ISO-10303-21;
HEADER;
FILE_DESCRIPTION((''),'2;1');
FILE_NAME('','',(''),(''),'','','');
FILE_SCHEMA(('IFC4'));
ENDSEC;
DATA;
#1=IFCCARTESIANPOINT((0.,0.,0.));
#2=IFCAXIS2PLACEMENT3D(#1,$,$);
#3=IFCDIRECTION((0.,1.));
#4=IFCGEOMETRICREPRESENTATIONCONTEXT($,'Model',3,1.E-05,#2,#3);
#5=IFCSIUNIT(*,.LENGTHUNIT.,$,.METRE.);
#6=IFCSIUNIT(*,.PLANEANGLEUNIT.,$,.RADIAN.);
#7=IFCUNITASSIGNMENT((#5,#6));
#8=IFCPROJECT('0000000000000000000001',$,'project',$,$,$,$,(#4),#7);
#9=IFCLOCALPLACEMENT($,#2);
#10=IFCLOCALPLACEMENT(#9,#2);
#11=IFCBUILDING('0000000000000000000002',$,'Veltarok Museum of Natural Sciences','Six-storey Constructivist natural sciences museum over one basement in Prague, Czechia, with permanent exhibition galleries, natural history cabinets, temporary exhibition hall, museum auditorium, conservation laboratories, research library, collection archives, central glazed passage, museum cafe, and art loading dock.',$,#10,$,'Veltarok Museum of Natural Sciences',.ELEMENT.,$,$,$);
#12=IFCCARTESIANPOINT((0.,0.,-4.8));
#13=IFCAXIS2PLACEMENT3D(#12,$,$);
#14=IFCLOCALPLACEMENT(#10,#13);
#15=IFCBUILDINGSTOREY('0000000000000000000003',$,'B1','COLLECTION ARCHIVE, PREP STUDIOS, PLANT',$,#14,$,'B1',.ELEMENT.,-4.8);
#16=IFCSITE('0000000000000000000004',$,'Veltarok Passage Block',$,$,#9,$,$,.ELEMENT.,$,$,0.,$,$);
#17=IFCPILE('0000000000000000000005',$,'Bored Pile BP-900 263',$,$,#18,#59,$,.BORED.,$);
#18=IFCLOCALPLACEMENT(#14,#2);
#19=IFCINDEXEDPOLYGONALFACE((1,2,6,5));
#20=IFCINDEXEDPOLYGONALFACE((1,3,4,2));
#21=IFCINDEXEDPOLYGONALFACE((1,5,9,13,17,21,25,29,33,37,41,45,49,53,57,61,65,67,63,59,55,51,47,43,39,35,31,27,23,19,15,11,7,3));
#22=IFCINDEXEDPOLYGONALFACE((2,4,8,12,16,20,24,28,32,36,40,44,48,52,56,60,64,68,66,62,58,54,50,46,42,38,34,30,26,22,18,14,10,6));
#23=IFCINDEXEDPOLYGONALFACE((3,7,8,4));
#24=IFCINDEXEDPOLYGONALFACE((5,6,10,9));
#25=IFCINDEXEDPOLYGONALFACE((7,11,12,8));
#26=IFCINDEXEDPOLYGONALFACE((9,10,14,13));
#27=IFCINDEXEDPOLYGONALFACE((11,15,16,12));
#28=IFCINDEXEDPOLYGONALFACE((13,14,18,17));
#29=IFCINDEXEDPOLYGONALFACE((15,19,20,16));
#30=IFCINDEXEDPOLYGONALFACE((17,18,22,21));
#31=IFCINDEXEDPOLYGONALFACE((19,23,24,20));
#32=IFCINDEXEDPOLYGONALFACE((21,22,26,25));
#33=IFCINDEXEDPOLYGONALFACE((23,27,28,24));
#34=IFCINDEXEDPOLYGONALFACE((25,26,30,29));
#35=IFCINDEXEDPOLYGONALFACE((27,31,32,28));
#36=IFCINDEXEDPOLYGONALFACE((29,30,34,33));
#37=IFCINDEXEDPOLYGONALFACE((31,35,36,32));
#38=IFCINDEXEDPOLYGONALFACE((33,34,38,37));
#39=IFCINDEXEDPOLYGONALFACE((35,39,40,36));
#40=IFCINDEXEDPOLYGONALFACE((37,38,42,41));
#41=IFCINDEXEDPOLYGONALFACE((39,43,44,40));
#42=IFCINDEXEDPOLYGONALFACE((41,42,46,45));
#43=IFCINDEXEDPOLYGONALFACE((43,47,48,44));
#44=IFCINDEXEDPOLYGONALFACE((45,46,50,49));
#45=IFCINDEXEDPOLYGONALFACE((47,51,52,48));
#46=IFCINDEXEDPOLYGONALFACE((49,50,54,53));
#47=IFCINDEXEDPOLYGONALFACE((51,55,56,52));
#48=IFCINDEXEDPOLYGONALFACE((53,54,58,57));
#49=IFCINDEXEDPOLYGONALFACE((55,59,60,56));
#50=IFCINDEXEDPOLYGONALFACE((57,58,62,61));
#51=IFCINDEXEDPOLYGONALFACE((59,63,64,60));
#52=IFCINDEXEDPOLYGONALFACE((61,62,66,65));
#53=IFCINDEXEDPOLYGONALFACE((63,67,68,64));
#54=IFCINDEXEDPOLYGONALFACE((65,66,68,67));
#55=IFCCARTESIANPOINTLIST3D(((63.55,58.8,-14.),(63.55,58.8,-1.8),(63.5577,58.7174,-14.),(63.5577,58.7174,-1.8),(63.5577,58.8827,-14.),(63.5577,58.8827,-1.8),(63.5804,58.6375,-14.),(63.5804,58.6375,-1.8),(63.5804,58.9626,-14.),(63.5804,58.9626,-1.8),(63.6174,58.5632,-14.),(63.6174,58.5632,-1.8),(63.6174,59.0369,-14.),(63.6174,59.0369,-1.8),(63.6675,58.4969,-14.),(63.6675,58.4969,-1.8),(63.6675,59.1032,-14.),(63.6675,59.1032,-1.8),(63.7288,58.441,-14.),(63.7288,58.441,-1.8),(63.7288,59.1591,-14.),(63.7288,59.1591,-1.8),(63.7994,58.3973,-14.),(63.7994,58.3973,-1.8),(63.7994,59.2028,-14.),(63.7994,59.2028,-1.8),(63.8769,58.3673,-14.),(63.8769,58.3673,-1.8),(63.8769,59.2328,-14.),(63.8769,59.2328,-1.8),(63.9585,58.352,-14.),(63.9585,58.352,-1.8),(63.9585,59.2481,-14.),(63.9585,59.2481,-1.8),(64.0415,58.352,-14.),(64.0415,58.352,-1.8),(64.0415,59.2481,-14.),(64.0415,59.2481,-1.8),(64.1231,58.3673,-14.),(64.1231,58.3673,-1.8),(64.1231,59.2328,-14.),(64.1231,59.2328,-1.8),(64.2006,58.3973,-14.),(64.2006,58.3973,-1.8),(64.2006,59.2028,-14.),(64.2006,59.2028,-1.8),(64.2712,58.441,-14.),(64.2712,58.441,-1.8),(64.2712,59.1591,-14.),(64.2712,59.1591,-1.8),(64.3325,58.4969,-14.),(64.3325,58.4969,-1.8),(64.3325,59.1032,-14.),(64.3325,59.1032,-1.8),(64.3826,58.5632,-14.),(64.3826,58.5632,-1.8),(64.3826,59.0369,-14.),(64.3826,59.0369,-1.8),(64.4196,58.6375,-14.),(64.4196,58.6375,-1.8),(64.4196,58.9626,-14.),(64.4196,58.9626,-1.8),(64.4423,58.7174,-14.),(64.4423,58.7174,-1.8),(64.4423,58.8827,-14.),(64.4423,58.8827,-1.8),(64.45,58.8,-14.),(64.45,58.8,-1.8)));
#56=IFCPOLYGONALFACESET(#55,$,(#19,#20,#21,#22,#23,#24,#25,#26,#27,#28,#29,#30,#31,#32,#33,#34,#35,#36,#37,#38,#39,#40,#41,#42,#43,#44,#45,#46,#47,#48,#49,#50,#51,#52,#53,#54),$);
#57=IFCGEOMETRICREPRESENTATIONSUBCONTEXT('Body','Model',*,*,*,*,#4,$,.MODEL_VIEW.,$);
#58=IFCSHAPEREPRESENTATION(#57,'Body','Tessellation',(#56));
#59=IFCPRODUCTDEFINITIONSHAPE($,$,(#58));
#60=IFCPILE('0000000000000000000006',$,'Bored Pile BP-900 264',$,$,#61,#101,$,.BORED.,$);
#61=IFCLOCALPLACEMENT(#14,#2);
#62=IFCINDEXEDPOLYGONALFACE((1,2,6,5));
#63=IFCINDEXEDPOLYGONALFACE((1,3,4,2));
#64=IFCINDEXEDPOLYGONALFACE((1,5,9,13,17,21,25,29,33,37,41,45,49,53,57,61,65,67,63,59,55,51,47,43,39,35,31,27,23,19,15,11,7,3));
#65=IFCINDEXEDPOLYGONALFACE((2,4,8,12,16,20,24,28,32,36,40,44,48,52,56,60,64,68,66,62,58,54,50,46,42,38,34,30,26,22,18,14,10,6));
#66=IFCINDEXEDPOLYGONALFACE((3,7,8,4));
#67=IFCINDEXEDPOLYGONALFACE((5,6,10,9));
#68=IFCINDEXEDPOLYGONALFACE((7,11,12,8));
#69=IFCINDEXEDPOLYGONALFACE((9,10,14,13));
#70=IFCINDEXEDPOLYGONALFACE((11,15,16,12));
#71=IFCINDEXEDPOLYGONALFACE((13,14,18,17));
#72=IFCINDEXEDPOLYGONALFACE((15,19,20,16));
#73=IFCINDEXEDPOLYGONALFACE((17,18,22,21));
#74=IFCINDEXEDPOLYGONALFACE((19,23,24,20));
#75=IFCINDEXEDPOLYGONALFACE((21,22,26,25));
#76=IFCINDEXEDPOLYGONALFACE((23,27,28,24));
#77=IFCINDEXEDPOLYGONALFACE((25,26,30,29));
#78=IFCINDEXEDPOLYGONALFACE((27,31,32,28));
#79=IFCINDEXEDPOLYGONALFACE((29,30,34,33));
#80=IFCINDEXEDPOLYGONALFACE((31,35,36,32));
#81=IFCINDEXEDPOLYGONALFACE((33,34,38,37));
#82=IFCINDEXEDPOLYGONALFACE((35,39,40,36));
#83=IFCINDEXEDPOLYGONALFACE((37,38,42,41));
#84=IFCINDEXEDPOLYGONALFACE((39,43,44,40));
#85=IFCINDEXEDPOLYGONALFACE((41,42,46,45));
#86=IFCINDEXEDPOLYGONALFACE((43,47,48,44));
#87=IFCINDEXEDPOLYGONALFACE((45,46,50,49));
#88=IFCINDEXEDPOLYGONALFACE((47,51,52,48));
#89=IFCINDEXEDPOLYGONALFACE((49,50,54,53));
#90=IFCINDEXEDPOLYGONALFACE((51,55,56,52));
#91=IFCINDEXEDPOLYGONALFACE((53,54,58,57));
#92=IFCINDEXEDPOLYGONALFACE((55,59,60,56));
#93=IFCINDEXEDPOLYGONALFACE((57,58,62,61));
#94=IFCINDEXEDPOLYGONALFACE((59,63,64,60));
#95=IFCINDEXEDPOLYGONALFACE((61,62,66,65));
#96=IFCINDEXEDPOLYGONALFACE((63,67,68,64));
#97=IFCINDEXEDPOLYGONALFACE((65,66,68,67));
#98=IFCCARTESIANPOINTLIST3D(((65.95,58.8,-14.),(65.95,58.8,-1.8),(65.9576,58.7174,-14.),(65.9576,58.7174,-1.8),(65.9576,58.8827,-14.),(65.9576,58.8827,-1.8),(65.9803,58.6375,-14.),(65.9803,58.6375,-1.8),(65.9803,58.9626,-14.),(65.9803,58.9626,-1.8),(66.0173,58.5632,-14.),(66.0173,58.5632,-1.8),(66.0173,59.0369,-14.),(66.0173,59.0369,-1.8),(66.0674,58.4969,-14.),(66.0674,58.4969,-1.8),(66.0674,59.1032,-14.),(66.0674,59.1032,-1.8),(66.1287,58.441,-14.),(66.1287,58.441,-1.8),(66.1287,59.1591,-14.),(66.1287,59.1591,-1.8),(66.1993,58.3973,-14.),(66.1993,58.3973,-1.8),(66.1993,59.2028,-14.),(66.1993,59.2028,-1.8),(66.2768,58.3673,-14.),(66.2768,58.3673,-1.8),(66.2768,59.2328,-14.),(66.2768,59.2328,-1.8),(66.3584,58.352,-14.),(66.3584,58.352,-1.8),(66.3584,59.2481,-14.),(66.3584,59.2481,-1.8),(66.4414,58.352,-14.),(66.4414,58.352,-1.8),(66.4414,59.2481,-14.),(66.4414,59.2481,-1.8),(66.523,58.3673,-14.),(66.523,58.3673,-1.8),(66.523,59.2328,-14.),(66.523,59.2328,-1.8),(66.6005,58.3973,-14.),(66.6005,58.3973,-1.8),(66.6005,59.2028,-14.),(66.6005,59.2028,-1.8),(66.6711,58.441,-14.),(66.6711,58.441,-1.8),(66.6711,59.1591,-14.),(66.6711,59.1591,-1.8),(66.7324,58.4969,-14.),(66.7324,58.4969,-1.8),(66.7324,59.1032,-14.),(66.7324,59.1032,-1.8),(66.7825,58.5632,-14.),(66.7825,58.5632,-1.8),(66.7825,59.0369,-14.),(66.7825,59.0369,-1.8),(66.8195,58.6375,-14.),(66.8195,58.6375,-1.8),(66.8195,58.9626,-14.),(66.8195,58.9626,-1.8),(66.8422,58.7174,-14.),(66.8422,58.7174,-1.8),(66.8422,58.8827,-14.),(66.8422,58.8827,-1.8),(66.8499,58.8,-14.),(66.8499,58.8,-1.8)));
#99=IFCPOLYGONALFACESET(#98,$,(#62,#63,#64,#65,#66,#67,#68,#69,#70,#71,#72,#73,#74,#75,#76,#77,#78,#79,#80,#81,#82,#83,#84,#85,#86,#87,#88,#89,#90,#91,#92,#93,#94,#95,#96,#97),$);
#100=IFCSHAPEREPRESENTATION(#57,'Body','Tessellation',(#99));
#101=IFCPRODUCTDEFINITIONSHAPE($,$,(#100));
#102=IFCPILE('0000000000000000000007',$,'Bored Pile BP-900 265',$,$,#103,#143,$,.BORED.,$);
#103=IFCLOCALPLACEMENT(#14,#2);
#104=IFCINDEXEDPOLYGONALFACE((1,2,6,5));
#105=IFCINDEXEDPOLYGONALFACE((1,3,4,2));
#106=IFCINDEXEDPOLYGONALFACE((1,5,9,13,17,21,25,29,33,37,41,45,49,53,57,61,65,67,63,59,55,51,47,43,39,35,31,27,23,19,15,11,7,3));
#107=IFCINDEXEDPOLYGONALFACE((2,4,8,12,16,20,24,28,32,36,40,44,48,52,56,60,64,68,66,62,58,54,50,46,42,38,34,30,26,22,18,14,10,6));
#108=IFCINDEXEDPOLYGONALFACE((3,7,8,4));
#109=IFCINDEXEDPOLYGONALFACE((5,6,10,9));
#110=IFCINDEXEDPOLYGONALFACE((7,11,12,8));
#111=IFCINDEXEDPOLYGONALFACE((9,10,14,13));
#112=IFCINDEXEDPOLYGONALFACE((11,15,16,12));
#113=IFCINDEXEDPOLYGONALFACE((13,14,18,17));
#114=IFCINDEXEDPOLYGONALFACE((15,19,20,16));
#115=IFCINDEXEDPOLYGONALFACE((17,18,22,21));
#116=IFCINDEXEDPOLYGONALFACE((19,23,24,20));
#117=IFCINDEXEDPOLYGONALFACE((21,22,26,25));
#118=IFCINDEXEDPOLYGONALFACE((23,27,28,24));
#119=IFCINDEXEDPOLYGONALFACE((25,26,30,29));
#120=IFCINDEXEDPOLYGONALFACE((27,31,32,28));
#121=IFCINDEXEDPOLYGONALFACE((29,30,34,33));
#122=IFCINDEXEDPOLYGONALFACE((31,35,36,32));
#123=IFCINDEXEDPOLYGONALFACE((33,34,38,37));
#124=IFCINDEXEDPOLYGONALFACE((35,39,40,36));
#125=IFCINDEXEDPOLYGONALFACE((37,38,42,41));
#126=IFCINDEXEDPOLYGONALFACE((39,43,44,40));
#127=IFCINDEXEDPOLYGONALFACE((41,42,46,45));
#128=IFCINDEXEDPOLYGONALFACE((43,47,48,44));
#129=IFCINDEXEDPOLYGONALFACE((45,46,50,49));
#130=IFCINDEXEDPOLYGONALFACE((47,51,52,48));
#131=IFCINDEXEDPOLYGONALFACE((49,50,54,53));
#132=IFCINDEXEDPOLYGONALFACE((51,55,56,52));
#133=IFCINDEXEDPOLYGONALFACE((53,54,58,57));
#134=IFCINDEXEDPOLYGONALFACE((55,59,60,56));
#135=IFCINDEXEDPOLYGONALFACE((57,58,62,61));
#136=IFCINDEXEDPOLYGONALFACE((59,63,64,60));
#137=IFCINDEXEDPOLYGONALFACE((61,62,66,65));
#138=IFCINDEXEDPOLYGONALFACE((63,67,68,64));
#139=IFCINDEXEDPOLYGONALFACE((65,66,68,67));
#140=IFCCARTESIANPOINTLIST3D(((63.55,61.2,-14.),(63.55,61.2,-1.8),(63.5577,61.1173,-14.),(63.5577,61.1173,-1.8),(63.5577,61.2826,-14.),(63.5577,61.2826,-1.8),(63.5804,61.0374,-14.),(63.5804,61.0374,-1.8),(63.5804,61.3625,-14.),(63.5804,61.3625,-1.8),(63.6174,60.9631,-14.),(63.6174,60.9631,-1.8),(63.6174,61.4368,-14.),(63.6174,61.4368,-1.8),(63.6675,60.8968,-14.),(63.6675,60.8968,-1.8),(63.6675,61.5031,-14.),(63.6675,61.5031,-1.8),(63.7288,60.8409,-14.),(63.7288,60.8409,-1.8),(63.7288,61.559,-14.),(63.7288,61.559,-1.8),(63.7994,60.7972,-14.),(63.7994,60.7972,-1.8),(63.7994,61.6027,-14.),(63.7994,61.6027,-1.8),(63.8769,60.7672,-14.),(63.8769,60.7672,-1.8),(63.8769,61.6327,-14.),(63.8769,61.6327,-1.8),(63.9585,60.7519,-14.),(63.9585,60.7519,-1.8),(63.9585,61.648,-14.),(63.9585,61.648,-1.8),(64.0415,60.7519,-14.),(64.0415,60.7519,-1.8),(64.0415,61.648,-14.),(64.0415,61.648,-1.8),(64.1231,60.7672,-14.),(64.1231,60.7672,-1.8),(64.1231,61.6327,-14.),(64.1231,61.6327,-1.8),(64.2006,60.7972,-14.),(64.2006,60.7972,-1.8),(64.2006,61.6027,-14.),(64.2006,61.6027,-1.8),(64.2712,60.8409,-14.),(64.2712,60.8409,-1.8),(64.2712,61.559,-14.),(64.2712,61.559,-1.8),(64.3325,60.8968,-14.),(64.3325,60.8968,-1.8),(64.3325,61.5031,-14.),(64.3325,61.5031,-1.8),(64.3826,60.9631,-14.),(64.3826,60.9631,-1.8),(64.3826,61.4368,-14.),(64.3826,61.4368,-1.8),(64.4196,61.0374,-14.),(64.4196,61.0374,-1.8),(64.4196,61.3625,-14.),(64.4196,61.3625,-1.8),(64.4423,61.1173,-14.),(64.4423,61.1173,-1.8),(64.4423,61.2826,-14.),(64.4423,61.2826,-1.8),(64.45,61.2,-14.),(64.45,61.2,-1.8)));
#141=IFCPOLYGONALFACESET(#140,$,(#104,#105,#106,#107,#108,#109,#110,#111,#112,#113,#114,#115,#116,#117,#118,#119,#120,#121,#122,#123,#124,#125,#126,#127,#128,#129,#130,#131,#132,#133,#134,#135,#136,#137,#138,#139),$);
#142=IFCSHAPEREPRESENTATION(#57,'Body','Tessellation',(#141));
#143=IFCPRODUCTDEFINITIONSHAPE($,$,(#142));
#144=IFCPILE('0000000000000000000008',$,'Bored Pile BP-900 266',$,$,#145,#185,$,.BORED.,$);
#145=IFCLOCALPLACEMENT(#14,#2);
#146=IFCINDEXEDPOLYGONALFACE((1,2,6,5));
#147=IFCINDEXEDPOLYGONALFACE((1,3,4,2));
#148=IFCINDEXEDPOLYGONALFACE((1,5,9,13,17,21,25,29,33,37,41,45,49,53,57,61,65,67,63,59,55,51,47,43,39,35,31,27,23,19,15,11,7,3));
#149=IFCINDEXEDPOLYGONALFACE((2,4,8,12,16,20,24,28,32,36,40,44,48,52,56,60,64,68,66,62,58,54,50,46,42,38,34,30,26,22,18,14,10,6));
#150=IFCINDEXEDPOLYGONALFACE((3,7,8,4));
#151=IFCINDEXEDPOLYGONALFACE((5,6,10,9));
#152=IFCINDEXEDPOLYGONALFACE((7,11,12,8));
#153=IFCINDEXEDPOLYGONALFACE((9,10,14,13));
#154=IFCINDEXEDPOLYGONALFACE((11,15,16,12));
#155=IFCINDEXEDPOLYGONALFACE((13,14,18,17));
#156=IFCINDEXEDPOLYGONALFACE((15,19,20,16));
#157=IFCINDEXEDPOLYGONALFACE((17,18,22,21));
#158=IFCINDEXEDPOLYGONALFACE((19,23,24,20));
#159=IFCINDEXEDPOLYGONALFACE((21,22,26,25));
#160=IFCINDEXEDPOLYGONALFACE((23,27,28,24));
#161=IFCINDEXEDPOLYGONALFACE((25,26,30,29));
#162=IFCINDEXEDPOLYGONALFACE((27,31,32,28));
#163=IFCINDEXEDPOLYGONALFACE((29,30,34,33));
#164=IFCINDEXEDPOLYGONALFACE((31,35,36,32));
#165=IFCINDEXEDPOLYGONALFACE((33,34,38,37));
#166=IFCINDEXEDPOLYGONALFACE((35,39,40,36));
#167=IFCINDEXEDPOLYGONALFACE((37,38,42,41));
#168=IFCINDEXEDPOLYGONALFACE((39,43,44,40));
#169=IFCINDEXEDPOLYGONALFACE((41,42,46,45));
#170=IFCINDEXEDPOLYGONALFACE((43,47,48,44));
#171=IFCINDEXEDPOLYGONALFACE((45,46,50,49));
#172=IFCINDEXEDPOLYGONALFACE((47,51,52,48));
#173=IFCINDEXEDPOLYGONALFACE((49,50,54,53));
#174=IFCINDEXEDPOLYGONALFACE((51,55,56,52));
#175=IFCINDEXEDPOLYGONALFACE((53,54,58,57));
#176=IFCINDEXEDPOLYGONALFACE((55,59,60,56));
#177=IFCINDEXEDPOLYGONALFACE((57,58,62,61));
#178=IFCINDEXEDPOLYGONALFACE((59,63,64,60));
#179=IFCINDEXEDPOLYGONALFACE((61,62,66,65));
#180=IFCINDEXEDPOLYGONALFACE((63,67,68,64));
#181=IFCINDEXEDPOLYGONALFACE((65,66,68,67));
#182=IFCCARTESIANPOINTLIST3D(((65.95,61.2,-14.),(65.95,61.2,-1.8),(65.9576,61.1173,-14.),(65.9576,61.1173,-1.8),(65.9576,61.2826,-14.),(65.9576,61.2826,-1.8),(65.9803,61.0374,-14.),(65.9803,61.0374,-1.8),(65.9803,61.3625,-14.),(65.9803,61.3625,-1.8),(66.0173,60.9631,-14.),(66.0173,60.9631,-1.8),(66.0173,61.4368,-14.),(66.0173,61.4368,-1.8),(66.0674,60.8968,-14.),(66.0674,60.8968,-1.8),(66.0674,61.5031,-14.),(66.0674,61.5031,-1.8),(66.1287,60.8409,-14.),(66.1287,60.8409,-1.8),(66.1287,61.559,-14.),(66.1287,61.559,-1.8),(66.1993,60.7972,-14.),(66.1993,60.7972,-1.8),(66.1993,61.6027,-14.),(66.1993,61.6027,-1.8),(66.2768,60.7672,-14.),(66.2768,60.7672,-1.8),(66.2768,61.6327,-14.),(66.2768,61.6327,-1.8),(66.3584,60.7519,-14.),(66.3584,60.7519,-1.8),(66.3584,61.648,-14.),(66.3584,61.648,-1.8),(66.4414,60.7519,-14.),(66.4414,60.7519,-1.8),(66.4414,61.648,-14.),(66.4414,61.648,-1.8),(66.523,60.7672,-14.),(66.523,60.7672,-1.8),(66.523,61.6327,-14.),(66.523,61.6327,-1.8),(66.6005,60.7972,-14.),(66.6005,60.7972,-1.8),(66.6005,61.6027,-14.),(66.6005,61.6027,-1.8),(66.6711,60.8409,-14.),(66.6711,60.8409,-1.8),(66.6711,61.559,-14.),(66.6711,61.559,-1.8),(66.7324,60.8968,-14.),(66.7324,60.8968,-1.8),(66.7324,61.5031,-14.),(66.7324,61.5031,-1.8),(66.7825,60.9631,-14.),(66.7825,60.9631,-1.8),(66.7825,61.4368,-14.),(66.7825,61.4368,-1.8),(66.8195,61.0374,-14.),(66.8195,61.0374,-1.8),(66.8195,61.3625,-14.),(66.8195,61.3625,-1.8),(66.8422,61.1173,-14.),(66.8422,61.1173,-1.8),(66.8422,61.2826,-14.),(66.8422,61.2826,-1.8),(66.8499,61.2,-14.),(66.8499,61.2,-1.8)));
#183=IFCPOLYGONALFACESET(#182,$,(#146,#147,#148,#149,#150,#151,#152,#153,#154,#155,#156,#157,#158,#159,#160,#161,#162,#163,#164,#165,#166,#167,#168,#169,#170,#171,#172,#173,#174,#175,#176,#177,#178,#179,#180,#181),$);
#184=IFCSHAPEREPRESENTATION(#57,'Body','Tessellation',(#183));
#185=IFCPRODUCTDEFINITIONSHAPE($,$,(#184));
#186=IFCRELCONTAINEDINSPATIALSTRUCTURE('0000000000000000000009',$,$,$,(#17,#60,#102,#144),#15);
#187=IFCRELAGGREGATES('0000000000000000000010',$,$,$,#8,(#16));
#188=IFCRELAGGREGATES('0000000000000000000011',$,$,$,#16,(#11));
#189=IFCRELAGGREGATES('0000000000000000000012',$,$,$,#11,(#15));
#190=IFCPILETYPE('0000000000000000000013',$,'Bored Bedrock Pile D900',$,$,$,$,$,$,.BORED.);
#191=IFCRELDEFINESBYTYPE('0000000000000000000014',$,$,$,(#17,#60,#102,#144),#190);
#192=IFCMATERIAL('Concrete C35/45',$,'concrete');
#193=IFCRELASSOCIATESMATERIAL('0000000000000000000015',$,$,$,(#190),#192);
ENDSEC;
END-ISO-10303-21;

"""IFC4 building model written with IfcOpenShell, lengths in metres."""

from ifc_helpers import new_model, si_unit, direction, frame, origin, origin_2d, place, context, subcontext, project, spatial, circle, extrude, material, material_profile, profile_set, type_object, element, save


model = new_model("IFC4")

# Units and contexts
model_context = context("Model", 3, precision=1e-05, world=origin(), true_north=direction((0.0, 1.0)))
body_context = subcontext(model_context, "Body", "Model", "MODEL_VIEW")
ifc_project = project(units=[si_unit("LENGTHUNIT", "METRE"), si_unit("PLANEANGLEUNIT", "RADIAN")], contexts=[model_context])

# Site, building, storey
site_placement = place(None, origin())
site = spatial("IfcSite", under=ifc_project, at=site_placement, Name="Veltarok Passage Block", CompositionType="ELEMENT", RefElevation=0.0)
building_placement = place(site_placement, origin())
building = spatial("IfcBuilding", under=site, at=building_placement, Name="Veltarok Museum of Natural Sciences", Description="Six-storey Constructivist natural sciences museum over one basement in Prague, Czechia, with permanent exhibition galleries, natural history cabinets, temporary exhibition hall, museum auditorium, conservation laboratories, research library, collection archives, central glazed passage, museum cafe, and art loading dock.", LongName="Veltarok Museum of Natural Sciences", CompositionType="ELEMENT")
storey_placement = place(building_placement, frame((0.0, 0.0, -4.8)))
storey = spatial("IfcBuildingStorey", under=building, at=storey_placement, Name="B1", Description="COLLECTION ARCHIVE, PREP STUDIOS, PLANT", LongName="B1", CompositionType="ELEMENT", Elevation=-4.8)

# Piles
ifc_material_1 = material(Name="Concrete C35/45", Category="concrete")
ifc_material_profile_1 = material_profile(ifc_material_1, circle(Radius=0.45, at=origin_2d()), Name="BP D900")
ifc_profile_set_1 = profile_set([ifc_material_profile_1], Name="Concrete C35/45")
pile_type = type_object("IfcPileType", Name="Bored Bedrock Pile D900", PredefinedType="BORED", material=ifc_profile_set_1)
for number, where, z_axis, x_axis, name in (
    (1, (64.0, 58.8, -1.8), (0.0, 0.0, -1.0), (1.0, 0.0, 0.0), "Bored Pile BP-900 263"),
    (2, (66.3999, 58.8, -1.8), (0.0, 0.0, -1.0), (1.0, 0.0, 0.0), "Bored Pile BP-900 264"),
    (3, (64.0, 61.2, -1.8), (0.0, 0.0, -1.0), (1.0, 0.0, 0.0), "Bored Pile BP-900 265"),
    (4, (66.3999, 61.2, -1.8), (0.0, 0.0, -1.0), (1.0, 0.0, 0.0), "Bored Pile BP-900 266"),
):
    element("IfcPile", number, at=place(storey_placement, frame(where, z_axis=z_axis, x_axis=x_axis)), inside=storey, type_object=pile_type, Name=name, PredefinedType="BORED", context=body_context, shape_type="SweptSolid", body=[
        extrude(circle(Radius=0.45, at=origin_2d()), origin(), (0.0, 0.0, 1.0), 12.2),
    ])

save(model, "model.ifc")
